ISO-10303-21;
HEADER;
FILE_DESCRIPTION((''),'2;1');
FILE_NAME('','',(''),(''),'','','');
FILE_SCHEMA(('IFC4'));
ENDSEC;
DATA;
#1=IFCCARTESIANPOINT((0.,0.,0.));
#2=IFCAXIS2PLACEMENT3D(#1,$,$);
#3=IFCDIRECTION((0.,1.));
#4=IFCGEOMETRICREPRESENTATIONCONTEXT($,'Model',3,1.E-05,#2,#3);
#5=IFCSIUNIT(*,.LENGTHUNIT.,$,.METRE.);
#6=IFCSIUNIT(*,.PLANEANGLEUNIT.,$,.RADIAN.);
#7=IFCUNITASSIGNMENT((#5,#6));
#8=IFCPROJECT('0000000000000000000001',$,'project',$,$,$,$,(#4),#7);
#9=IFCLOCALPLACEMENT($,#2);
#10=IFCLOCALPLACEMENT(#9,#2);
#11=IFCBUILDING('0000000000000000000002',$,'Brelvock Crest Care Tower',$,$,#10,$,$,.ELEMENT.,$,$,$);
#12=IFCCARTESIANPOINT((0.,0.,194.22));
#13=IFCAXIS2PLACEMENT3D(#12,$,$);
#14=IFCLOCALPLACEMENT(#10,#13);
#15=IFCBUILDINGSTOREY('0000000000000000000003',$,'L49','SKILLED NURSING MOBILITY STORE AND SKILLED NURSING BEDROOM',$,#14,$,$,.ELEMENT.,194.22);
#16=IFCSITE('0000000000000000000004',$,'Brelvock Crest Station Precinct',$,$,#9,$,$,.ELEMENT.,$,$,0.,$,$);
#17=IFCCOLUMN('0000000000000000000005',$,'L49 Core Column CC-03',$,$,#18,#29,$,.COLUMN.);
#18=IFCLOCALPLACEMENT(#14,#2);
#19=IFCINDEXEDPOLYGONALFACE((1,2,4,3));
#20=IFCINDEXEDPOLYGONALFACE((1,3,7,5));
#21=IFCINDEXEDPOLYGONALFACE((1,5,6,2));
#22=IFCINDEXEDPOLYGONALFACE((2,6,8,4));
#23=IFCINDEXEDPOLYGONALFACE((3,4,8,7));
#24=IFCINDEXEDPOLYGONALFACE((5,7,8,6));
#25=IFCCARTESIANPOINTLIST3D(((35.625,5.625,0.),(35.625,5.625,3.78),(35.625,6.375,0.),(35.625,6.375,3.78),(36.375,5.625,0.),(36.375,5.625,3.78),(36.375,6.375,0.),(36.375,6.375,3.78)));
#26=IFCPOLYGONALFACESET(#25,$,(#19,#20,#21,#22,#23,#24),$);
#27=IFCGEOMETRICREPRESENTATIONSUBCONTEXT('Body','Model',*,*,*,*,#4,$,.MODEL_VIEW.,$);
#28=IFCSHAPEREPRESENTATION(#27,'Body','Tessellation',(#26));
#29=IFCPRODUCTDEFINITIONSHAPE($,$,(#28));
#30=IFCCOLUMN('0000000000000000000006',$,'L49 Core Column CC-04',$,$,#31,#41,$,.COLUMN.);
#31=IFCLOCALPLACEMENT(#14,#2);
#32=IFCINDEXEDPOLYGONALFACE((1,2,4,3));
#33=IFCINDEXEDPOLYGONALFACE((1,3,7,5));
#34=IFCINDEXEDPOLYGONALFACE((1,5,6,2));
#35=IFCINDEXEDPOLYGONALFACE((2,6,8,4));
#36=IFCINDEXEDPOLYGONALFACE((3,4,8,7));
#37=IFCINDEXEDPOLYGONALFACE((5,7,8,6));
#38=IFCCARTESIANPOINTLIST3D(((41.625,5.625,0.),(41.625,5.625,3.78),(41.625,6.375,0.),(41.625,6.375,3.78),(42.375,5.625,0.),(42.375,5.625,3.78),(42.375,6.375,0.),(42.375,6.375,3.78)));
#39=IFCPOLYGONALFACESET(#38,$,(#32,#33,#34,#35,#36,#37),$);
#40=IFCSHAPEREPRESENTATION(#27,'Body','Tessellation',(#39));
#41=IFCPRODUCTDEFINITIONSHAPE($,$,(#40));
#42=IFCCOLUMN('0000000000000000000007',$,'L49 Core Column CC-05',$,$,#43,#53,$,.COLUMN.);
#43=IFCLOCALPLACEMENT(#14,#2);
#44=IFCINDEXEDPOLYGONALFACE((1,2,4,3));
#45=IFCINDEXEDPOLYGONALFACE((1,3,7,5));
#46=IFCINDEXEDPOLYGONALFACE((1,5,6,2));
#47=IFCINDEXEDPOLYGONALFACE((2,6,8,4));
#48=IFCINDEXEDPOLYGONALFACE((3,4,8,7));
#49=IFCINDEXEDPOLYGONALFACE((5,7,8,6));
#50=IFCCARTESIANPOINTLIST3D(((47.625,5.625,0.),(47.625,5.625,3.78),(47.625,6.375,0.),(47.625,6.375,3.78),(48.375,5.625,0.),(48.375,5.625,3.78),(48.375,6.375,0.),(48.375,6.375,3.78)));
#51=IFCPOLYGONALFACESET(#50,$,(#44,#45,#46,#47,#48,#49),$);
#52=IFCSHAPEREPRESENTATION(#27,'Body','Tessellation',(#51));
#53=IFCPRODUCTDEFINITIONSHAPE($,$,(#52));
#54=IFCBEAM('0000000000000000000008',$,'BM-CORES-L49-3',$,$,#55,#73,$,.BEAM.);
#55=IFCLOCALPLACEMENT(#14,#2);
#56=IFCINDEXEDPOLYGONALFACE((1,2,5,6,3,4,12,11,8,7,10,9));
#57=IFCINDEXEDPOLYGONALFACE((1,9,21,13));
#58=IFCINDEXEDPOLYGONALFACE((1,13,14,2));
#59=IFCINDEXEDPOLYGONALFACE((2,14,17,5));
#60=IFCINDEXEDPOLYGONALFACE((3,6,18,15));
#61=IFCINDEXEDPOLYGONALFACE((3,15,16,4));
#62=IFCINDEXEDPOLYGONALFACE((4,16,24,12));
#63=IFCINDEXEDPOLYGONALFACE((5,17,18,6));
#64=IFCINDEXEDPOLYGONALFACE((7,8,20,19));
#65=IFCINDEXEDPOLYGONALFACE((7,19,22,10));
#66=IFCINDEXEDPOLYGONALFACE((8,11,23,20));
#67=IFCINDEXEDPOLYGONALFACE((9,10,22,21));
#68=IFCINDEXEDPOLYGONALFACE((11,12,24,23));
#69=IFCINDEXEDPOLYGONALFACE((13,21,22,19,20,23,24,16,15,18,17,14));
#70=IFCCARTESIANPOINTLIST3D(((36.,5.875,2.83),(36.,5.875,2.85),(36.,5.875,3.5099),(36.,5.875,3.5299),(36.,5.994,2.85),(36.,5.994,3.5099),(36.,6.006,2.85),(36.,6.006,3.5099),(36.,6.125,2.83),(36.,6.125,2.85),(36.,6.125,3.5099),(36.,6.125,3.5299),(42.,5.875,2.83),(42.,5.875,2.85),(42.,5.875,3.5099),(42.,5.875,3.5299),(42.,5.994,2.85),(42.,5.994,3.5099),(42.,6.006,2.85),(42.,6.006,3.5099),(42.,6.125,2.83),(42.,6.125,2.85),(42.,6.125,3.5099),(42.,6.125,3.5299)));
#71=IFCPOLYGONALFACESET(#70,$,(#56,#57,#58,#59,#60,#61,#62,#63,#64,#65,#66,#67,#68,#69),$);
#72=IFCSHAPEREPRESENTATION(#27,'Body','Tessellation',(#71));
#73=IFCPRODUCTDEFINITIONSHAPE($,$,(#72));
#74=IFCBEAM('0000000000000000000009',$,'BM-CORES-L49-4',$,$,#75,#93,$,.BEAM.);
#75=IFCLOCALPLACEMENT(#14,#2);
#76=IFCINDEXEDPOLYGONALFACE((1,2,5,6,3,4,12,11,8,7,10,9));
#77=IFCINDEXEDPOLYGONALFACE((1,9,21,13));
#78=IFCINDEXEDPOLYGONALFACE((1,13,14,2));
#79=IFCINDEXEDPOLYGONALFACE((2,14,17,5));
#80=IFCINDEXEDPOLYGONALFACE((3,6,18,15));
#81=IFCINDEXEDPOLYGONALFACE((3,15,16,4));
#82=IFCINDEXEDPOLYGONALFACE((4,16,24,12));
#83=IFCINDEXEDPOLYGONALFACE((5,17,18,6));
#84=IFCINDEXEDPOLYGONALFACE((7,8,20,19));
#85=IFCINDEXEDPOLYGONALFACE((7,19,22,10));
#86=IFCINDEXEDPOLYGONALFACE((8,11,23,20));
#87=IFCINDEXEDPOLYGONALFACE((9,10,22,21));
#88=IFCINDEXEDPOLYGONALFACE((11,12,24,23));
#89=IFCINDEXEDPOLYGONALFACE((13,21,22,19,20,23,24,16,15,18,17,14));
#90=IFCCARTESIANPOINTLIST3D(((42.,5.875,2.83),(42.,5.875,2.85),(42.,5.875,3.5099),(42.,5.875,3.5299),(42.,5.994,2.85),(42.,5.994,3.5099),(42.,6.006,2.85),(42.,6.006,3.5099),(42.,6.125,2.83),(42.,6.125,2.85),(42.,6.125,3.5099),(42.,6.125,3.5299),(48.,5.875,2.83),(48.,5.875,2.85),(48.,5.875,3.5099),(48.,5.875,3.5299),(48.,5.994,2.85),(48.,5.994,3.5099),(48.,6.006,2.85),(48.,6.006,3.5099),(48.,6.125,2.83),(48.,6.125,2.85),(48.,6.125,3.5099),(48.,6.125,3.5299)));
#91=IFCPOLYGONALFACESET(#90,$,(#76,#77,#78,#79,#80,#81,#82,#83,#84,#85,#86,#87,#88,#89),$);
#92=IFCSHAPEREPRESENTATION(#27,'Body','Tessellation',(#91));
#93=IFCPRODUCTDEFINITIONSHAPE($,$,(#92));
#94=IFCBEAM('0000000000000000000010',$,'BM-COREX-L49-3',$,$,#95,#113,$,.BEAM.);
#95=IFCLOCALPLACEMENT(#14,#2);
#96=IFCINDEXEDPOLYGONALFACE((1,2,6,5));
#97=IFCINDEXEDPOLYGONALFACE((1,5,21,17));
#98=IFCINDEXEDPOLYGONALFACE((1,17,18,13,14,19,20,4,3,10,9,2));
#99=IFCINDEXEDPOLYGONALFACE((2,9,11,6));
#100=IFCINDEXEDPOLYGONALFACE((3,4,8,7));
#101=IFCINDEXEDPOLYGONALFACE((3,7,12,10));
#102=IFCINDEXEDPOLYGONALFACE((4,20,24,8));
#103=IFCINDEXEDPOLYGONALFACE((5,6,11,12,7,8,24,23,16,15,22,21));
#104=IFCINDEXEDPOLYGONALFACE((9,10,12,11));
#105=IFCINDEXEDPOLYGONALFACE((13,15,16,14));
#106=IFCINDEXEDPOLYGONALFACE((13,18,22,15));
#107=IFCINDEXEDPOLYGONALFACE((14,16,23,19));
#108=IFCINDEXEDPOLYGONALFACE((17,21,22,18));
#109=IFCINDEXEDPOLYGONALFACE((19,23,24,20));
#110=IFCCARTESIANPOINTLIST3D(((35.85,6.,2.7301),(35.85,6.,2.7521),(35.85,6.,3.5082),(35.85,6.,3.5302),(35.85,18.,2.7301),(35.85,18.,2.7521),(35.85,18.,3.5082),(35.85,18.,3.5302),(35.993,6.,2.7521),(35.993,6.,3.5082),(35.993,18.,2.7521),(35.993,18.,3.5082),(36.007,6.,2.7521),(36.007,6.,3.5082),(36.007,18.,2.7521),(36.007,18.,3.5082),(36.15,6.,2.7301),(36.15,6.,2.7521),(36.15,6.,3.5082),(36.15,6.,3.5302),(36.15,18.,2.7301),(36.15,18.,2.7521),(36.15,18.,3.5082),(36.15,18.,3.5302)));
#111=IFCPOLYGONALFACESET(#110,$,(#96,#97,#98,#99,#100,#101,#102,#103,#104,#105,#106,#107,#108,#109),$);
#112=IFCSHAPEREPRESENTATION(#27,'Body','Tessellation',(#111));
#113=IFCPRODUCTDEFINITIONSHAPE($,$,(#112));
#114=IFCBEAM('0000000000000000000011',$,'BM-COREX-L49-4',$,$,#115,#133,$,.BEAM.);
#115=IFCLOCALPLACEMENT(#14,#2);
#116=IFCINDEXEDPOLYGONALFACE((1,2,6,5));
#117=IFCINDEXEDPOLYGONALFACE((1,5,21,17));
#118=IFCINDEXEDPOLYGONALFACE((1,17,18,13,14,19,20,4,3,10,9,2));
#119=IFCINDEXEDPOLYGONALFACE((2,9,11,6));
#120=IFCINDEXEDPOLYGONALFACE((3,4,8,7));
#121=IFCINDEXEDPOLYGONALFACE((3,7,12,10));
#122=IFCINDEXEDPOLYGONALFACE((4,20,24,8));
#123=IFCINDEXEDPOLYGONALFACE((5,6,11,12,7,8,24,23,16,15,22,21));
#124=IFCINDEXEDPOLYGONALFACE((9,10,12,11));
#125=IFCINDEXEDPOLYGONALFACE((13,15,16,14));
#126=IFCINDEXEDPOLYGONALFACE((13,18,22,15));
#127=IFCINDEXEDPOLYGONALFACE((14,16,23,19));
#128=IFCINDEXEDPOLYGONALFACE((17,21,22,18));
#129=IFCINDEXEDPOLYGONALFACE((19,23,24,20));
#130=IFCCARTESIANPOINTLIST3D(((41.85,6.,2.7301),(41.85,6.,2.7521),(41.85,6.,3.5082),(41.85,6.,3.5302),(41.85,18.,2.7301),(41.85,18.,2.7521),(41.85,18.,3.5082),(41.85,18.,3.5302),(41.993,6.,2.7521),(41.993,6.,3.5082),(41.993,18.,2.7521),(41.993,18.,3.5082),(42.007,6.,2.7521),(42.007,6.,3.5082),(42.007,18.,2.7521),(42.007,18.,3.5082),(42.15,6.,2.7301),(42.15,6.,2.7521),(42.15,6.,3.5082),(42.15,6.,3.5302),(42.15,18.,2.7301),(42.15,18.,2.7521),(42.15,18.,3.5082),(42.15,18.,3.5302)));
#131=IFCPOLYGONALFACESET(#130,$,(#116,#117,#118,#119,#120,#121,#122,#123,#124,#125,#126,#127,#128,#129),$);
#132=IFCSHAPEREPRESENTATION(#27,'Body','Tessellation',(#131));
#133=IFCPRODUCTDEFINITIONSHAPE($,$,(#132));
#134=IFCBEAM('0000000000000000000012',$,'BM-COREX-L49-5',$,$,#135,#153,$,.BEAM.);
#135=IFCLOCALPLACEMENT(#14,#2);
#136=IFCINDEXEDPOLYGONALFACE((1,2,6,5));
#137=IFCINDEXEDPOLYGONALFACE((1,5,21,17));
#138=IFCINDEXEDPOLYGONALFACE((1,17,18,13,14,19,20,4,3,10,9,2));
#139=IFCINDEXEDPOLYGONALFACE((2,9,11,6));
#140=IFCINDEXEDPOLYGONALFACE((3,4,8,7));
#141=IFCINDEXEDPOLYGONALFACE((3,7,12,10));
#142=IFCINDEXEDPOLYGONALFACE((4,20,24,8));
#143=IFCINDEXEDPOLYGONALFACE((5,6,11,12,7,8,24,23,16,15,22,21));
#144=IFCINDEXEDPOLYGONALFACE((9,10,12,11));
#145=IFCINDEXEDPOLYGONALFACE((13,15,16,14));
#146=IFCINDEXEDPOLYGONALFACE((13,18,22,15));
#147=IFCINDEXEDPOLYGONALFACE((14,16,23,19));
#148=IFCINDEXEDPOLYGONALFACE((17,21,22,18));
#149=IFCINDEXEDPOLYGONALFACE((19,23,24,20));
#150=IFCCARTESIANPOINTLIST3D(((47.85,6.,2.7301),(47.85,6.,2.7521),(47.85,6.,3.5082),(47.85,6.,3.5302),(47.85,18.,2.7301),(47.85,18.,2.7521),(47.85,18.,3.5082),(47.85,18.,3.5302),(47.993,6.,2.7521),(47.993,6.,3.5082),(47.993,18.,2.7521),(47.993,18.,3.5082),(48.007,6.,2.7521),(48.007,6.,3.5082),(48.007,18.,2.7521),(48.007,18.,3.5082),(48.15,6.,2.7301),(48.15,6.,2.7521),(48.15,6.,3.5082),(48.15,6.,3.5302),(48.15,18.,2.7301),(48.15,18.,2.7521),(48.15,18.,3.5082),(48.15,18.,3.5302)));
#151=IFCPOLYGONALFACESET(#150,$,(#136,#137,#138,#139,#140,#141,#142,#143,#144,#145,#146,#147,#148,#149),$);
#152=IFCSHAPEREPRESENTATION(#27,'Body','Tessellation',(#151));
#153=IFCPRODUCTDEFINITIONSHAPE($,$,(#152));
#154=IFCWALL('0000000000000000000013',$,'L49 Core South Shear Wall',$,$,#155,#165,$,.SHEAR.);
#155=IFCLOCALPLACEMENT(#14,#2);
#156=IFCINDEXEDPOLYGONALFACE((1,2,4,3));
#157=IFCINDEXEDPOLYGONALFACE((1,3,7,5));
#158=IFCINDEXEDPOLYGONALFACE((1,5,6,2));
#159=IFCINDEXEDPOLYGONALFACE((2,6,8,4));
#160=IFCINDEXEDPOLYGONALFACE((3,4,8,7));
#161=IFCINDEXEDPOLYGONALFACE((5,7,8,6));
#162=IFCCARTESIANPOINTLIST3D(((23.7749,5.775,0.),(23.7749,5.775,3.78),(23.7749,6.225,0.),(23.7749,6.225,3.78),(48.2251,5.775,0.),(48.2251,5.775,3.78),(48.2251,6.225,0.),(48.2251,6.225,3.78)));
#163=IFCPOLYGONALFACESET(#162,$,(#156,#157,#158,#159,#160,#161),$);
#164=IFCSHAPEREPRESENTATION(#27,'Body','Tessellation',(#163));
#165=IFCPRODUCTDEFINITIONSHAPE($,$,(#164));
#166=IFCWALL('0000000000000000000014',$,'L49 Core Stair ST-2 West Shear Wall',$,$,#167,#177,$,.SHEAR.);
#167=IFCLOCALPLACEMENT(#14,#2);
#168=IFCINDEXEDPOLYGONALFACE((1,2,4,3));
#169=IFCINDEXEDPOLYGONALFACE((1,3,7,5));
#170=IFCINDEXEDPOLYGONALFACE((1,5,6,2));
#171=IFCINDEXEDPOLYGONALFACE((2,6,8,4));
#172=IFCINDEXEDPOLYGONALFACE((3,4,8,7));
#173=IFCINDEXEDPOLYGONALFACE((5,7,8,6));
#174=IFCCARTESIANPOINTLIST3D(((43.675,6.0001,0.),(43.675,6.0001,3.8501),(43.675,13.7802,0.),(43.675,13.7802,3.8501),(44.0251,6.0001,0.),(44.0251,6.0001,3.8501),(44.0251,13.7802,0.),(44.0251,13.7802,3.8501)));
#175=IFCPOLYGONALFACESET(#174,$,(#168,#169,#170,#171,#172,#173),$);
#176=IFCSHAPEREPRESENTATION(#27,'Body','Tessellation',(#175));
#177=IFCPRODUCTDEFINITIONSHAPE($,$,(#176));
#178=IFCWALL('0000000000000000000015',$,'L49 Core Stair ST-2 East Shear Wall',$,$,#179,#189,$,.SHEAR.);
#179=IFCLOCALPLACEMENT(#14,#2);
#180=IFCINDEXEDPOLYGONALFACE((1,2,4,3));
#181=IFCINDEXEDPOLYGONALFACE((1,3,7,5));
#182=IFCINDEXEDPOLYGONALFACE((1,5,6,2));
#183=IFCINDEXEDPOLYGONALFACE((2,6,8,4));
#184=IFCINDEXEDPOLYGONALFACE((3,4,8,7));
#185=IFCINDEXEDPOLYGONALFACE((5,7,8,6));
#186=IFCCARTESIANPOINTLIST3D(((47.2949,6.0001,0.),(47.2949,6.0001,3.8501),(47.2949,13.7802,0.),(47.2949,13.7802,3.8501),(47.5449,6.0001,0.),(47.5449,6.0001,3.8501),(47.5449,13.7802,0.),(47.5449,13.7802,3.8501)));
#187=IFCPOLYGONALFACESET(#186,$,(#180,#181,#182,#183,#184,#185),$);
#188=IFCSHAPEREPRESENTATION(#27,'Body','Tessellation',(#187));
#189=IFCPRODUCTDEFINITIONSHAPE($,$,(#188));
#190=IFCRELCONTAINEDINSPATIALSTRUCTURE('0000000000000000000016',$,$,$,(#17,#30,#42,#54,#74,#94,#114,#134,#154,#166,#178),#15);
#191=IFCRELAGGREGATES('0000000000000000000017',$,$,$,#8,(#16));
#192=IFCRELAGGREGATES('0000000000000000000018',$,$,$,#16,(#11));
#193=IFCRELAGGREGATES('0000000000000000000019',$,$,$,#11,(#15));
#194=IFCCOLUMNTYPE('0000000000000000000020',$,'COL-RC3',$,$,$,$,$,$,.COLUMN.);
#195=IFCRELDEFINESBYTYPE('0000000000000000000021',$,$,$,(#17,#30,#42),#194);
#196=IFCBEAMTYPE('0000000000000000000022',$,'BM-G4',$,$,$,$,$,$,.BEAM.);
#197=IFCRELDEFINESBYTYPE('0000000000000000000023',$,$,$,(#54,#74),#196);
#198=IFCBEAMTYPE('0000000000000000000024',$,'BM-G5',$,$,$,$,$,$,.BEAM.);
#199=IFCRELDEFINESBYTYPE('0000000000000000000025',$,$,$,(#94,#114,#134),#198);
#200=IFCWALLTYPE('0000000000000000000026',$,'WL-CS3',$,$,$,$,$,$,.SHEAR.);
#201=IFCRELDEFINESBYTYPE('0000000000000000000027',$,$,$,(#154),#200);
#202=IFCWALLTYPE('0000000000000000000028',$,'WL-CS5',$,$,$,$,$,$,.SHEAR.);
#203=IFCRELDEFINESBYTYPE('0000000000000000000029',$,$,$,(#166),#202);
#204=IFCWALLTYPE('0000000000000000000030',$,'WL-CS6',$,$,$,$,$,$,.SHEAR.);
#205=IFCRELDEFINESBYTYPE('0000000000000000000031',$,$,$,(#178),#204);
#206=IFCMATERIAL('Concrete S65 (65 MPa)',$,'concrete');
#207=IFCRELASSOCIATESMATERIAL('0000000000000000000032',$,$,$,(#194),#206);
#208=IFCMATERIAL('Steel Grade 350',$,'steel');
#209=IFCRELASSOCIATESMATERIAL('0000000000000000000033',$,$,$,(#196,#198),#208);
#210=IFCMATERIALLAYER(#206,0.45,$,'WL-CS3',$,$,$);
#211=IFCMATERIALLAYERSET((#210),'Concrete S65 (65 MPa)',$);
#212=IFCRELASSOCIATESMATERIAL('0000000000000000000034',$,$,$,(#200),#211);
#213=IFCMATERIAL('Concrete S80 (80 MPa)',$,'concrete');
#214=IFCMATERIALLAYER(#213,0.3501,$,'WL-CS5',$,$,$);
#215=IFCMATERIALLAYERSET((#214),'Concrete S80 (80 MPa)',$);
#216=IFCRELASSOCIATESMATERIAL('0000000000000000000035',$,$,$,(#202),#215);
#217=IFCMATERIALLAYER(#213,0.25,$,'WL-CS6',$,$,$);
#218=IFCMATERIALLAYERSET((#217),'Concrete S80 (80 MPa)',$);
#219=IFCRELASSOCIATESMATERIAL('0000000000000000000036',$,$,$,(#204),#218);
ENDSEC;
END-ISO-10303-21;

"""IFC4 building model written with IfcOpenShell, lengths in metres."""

from ifc_helpers import new_model, si_unit, direction, frame, frame_2d, origin, origin_2d, place, context, subcontext, project, spatial, rectangle, i_section, extrude, source, transform, mapped, material, layer, layer_set, material_profile, profile_set, type_object, element, save


model = new_model("IFC4")

# Units and contexts
model_context = context("Model", 3, precision=1e-05, world=origin(), true_north=direction((0.0, 1.0)))
body_context = subcontext(model_context, "Body", "Model", "MODEL_VIEW")
ifc_project = project(units=[si_unit("LENGTHUNIT", "METRE"), si_unit("PLANEANGLEUNIT", "RADIAN")], contexts=[model_context])

# Site, building, storey
site_placement = place(None, origin())
site = spatial("IfcSite", under=ifc_project, at=site_placement, Name="Brelvock Crest Station Precinct", CompositionType="ELEMENT", RefElevation=0.0)
building_placement = place(site_placement, origin())
building = spatial("IfcBuilding", under=site, at=building_placement, Name="Brelvock Crest Care Tower", CompositionType="ELEMENT")
storey_placement = place(building_placement, frame((0.0, 0.0, 194.22)))
storey = spatial("IfcBuildingStorey", under=building, at=storey_placement, Name="L49", Description="SKILLED NURSING MOBILITY STORE AND SKILLED NURSING BEDROOM", CompositionType="ELEMENT", Elevation=194.22)

# Columns
ifc_material_1 = material(Name="Concrete S65 (65 MPa)", Category="concrete")
ifc_material_profile_1 = material_profile(ifc_material_1, rectangle(XDim=0.75, YDim=0.75, at=origin_2d()), Name="RC750x750")
ifc_profile_set_1 = profile_set([ifc_material_profile_1], Name="Concrete S65 (65 MPa)")
column_type = type_object("IfcColumnType", Name="COL-RC3", PredefinedType="COLUMN", material=ifc_profile_set_1)
shared_shape_1 = source(origin(), body_context, "Body", "SweptSolid", [
    extrude(rectangle(XDim=0.75, YDim=0.75, at=origin_2d()), origin(), (0.0, 0.0, 1.0), 3.78),
])
for number, where, z_axis, x_axis, name in (
    (1, (36.0, 6.0, 0.0), (0.0, 0.0, 1.0), (1.0, 0.0, 0.0), "L49 Core Column CC-03"),
    (2, (42.0, 6.0, 0.0), (0.0, 0.0, 1.0), (1.0, 0.0, 0.0), "L49 Core Column CC-04"),
    (3, (48.0, 6.0, 0.0), (0.0, 0.0, 1.0), (1.0, 0.0, 0.0), "L49 Core Column CC-05"),
):
    element("IfcColumn", number, at=place(storey_placement, frame(where, z_axis=z_axis, x_axis=x_axis)), inside=storey, type_object=column_type, Name=name, PredefinedType="COLUMN", context=body_context, shape_type="MappedRepresentation", body=[
        mapped(shared_shape_1, transform((0.0, 0.0, 0.0), x_axis=(1.0, 0.0, 0.0), y_axis=(0.0, 1.0, 0.0), z_axis=(0.0, 0.0, 1.0), scale=1.0)),
    ])

# Beams
ifc_material_2 = material(Name="Steel Grade 350", Category="steel")
ifc_material_profile_2 = material_profile(ifc_material_2, i_section(OverallWidth=0.25, OverallDepth=0.7, WebThickness=0.012, FlangeThickness=0.02, at=origin_2d()), Name="700WB150")
ifc_profile_set_2 = profile_set([ifc_material_profile_2], Name="Steel Grade 350")
beam_type_1 = type_object("IfcBeamType", Name="BM-G4", PredefinedType="BEAM", material=ifc_profile_set_2)
shared_shape_2 = source(origin(), body_context, "Body", "SweptSolid", [
    extrude(i_section(OverallWidth=0.25, OverallDepth=0.7, WebThickness=0.012, FlangeThickness=0.02, at=origin_2d()), origin(), (0.0, 0.0, 1.0), 6.0),
])
for number, where, z_axis, x_axis, name in (
    (4, (36.0, 6.0, 3.1799), (1.0, 0.0, 0.0), (0.0, 1.0, 0.0), "BM-CORES-L49-3"),
    (5, (42.0, 6.0, 3.1799), (1.0, 0.0, 0.0), (0.0, 1.0, 0.0), "BM-CORES-L49-4"),
):
    element("IfcBeam", number, at=place(storey_placement, frame(where, z_axis=z_axis, x_axis=x_axis)), inside=storey, type_object=beam_type_1, Name=name, PredefinedType="BEAM", context=body_context, shape_type="MappedRepresentation", body=[
        mapped(shared_shape_2, transform((0.0, 0.0, 0.0), x_axis=(1.0, 0.0, 0.0), y_axis=(0.0, 1.0, 0.0), z_axis=(0.0, 0.0, 1.0), scale=1.0)),
    ])
ifc_material_profile_3 = material_profile(ifc_material_2, i_section(OverallWidth=0.3, OverallDepth=0.8, WebThickness=0.0139, FlangeThickness=0.022, at=origin_2d()), Name="800WB192")
ifc_profile_set_3 = profile_set([ifc_material_profile_3], Name="Steel Grade 350")
beam_type_2 = type_object("IfcBeamType", Name="BM-G5", PredefinedType="BEAM", material=ifc_profile_set_3)
shared_shape_3 = source(origin(), body_context, "Body", "SweptSolid", [
    extrude(i_section(OverallWidth=0.3, OverallDepth=0.8, WebThickness=0.0139, FlangeThickness=0.022, at=origin_2d()), origin(), (0.0, 0.0, 1.0), 12.0),
])
for number, where, z_axis, x_axis, name in (
    (6, (36.0, 6.0, 3.1301), (0.0, 1.0, 0.0), (-1.0, 0.0, 0.0), "BM-COREX-L49-3"),
    (7, (42.0, 6.0, 3.1301), (0.0, 1.0, 0.0), (-1.0, 0.0, 0.0), "BM-COREX-L49-4"),
    (8, (48.0, 6.0, 3.1301), (0.0, 1.0, 0.0), (-1.0, 0.0, 0.0), "BM-COREX-L49-5"),
):
    element("IfcBeam", number, at=place(storey_placement, frame(where, z_axis=z_axis, x_axis=x_axis)), inside=storey, type_object=beam_type_2, Name=name, PredefinedType="BEAM", context=body_context, shape_type="MappedRepresentation", body=[
        mapped(shared_shape_3, transform((0.0, 0.0, 0.0), x_axis=(1.0, 0.0, 0.0), y_axis=(0.0, 1.0, 0.0), z_axis=(0.0, 0.0, 1.0), scale=1.0)),
    ])

# Walls
ifc_layer_1 = layer(ifc_material_1, 0.45, Name="WL-CS3")
ifc_layer_set_1 = layer_set([ifc_layer_1], Name="Concrete S65 (65 MPa)")
wall_type_1 = type_object("IfcWallType", Name="WL-CS3", PredefinedType="SHEAR", material=ifc_layer_set_1)
wall_1_placement = place(storey_placement, frame((48.2251, 6.0, 0.0), z_axis=(0.0, 0.0, 1.0), x_axis=(-1.0, 0.0, 0.0)))
element("IfcWall", 9, at=wall_1_placement, inside=storey, type_object=wall_type_1, Name="L49 Core South Shear Wall", PredefinedType="SHEAR", context=body_context, shape_type="SweptSolid", body=[
    extrude(rectangle(XDim=24.4502, YDim=0.45, at=frame_2d((12.2251, 0.0))), origin(), (0.0, 0.0, 1.0), 3.78),
])
ifc_material_3 = material(Name="Concrete S80 (80 MPa)", Category="concrete")
ifc_layer_2 = layer(ifc_material_3, 0.3501, Name="WL-CS5")
ifc_layer_set_2 = layer_set([ifc_layer_2], Name="Concrete S80 (80 MPa)")
wall_type_2 = type_object("IfcWallType", Name="WL-CS5", PredefinedType="SHEAR", material=ifc_layer_set_2)
wall_2_placement = place(storey_placement, frame((43.8501, 6.0, 0.0), z_axis=(0.0, 0.0, 1.0), x_axis=(0.0, 1.0, 0.0)))
element("IfcWall", 10, at=wall_2_placement, inside=storey, type_object=wall_type_2, Name="L49 Core Stair ST-2 West Shear Wall", PredefinedType="SHEAR", context=body_context, shape_type="SweptSolid", body=[
    extrude(rectangle(XDim=7.78, YDim=0.3501, at=frame_2d((3.8901, 0.0))), origin(), (0.0, 0.0, 1.0), 3.8501),
])
ifc_layer_3 = layer(ifc_material_3, 0.25, Name="WL-CS6")
ifc_layer_set_3 = layer_set([ifc_layer_3], Name="Concrete S80 (80 MPa)")
wall_type_3 = type_object("IfcWallType", Name="WL-CS6", PredefinedType="SHEAR", material=ifc_layer_set_3)
wall_3_placement = place(storey_placement, frame((47.4199, 6.0, 0.0), z_axis=(0.0, 0.0, 1.0), x_axis=(0.0, 1.0, 0.0)))
element("IfcWall", 11, at=wall_3_placement, inside=storey, type_object=wall_type_3, Name="L49 Core Stair ST-2 East Shear Wall", PredefinedType="SHEAR", context=body_context, shape_type="SweptSolid", body=[
    extrude(rectangle(XDim=7.78, YDim=0.25, at=frame_2d((3.8901, 0.0))), origin(), (0.0, 0.0, 1.0), 3.8501),
])

save(model, "model.ifc")
